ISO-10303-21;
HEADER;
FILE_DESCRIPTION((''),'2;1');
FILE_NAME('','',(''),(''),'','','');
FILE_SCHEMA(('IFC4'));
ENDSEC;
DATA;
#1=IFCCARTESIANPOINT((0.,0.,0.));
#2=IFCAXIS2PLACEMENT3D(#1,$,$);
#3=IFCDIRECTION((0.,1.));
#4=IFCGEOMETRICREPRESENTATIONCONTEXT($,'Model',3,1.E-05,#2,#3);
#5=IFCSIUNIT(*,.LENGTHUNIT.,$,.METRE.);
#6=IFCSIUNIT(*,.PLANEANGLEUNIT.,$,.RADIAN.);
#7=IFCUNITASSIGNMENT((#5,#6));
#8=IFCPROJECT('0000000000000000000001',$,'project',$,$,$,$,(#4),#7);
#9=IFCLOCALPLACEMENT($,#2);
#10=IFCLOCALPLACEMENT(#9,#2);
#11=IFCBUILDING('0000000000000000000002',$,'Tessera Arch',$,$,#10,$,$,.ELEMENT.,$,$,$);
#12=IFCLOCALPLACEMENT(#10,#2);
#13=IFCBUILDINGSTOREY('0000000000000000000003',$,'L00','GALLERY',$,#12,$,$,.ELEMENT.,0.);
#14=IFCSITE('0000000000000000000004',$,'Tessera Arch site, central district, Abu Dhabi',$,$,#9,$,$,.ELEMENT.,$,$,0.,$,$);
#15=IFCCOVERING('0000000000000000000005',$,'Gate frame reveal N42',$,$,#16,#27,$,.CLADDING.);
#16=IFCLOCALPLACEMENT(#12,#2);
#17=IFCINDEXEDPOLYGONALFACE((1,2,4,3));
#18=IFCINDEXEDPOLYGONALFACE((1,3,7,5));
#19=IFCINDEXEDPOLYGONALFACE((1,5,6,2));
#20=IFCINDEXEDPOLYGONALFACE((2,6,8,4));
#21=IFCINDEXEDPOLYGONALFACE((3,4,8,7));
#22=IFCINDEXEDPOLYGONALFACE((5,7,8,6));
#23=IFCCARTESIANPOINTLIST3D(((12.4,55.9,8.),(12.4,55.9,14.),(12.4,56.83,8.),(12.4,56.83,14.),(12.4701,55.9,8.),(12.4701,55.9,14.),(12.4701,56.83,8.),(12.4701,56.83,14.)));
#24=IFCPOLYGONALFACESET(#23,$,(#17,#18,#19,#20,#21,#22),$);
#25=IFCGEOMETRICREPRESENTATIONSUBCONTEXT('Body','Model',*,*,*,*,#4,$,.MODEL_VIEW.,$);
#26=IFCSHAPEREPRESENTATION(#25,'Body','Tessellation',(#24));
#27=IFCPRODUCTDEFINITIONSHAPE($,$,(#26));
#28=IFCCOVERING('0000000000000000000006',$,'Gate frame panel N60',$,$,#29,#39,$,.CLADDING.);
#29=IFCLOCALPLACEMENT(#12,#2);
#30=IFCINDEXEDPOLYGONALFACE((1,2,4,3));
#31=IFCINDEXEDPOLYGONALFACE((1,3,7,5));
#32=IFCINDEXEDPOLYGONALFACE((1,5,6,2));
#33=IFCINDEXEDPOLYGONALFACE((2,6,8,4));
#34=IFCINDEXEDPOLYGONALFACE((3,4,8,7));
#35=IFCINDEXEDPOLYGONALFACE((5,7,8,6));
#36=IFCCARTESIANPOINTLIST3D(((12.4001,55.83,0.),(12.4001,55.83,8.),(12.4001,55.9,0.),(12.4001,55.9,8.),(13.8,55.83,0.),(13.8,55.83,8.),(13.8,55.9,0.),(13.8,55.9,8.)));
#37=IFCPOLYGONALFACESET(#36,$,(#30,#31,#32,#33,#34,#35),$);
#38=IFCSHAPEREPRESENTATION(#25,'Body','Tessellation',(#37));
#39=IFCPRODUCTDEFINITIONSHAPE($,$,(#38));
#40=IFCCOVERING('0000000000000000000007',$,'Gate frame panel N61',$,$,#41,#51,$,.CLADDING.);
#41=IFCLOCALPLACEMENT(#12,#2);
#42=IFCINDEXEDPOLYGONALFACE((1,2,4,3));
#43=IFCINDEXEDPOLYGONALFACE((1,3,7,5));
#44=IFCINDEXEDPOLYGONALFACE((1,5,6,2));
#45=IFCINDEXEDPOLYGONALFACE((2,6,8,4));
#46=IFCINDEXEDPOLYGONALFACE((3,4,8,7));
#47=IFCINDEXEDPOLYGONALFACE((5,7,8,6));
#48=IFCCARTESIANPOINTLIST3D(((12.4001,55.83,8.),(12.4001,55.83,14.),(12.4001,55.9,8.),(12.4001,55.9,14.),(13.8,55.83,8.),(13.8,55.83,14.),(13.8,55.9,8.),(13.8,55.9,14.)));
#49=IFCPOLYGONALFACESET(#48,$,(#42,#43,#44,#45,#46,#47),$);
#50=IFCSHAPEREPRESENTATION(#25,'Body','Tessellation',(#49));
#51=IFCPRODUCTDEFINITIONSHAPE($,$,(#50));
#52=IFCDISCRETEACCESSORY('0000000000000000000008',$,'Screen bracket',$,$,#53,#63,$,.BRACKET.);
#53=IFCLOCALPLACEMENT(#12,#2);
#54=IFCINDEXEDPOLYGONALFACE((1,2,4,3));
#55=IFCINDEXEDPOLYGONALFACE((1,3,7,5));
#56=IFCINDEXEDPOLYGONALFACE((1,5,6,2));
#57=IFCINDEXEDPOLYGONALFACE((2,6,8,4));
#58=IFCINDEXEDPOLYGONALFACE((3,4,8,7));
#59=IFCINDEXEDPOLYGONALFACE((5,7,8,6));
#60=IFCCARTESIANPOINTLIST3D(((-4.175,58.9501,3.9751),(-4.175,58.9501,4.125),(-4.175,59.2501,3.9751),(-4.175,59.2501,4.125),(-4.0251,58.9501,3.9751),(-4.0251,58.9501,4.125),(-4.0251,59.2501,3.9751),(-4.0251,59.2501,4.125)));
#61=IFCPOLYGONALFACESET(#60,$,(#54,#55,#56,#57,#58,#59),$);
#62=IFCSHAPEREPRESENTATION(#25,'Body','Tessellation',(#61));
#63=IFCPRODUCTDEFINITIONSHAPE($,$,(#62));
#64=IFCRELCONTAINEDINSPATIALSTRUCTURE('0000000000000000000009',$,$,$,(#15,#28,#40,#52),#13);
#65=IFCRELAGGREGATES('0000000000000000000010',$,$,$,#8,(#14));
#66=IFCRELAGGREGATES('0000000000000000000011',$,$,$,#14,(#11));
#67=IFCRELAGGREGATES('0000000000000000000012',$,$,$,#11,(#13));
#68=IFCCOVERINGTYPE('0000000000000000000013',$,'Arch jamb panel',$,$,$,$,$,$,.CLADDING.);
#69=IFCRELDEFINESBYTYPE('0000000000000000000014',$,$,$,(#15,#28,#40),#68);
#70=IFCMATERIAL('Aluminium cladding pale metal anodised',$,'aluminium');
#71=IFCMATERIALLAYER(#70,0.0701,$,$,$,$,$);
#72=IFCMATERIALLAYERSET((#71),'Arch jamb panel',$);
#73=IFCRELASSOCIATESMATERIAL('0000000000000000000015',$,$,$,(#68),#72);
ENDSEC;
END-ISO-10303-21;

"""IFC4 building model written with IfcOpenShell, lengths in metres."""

from ifc_helpers import new_model, si_unit, direction, frame, origin, origin_2d, place, context, subcontext, project, spatial, rectangle, extrude, material, layer, layer_set, type_object, element, save


model = new_model("IFC4")

# Units and contexts
model_context = context("Model", 3, precision=1e-05, world=origin(), true_north=direction((0.0, 1.0)))
body_context = subcontext(model_context, "Body", "Model", "MODEL_VIEW")
ifc_project = project(units=[si_unit("LENGTHUNIT", "METRE"), si_unit("PLANEANGLEUNIT", "RADIAN")], contexts=[model_context])

# Site, building, storey
site_placement = place(None, origin())
site = spatial("IfcSite", under=ifc_project, at=site_placement, Name="Tessera Arch site, central district, Abu Dhabi", CompositionType="ELEMENT", RefElevation=0.0)
building_placement = place(site_placement, origin())
building = spatial("IfcBuilding", under=site, at=building_placement, Name="Tessera Arch", CompositionType="ELEMENT")
storey_placement = place(building_placement, origin())
storey = spatial("IfcBuildingStorey", under=building, at=storey_placement, Name="L00", Description="GALLERY", CompositionType="ELEMENT", Elevation=0.0)

# Coverings
ifc_material_1 = material(Name="Aluminium cladding pale metal anodised", Category="aluminium")
ifc_layer_1 = layer(ifc_material_1, 0.0701)
ifc_layer_set_1 = layer_set([ifc_layer_1], Name="Arch jamb panel")
covering_type = type_object("IfcCoveringType", Name="Arch jamb panel", PredefinedType="CLADDING", material=ifc_layer_set_1)
covering_1_placement = place(storey_placement, frame((12.4351, 56.365, 8.0), z_axis=(0.0, 0.0, 1.0), x_axis=(1.0, 0.0, 0.0)))
element("IfcCovering", 1, at=covering_1_placement, inside=storey, type_object=covering_type, Name="Gate frame reveal N42", PredefinedType="CLADDING", context=body_context, shape_type="SweptSolid", body=[
    extrude(rectangle(XDim=0.0701, YDim=0.9299, at=origin_2d()), origin(), (0.0, 0.0, 1.0), 6.0),
])
covering_2_placement = place(storey_placement, frame((13.1001, 55.865, 0.0), z_axis=(0.0, 0.0, 1.0), x_axis=(1.0, 0.0, 0.0)))
element("IfcCovering", 2, at=covering_2_placement, inside=storey, type_object=covering_type, Name="Gate frame panel N60", PredefinedType="CLADDING", context=body_context, shape_type="SweptSolid", body=[
    extrude(rectangle(XDim=1.3999, YDim=0.0701, at=origin_2d()), origin(), (0.0, 0.0, 1.0), 8.0),
])
covering_3_placement = place(storey_placement, frame((13.1001, 55.865, 8.0), z_axis=(0.0, 0.0, 1.0), x_axis=(1.0, 0.0, 0.0)))
element("IfcCovering", 3, at=covering_3_placement, inside=storey, type_object=covering_type, Name="Gate frame panel N61", PredefinedType="CLADDING", context=body_context, shape_type="SweptSolid", body=[
    extrude(rectangle(XDim=1.3999, YDim=0.0701, at=origin_2d()), origin(), (0.0, 0.0, 1.0), 6.0),
])

# Discrete accessory
discrete_accessory_placement = place(storey_placement, frame((-4.1001, 59.1001, 3.9751), z_axis=(0.0, 0.0, 1.0), x_axis=(0.0, 1.0, 0.0)))
element("IfcDiscreteAccessory", 4, at=discrete_accessory_placement, inside=storey, Name="Screen bracket", PredefinedType="BRACKET", context=body_context, shape_type="SweptSolid", body=[
    extrude(rectangle(XDim=0.3, YDim=0.1499, at=origin_2d()), origin(), (0.0, 0.0, 1.0), 0.1499),
])

save(model, "model.ifc")
